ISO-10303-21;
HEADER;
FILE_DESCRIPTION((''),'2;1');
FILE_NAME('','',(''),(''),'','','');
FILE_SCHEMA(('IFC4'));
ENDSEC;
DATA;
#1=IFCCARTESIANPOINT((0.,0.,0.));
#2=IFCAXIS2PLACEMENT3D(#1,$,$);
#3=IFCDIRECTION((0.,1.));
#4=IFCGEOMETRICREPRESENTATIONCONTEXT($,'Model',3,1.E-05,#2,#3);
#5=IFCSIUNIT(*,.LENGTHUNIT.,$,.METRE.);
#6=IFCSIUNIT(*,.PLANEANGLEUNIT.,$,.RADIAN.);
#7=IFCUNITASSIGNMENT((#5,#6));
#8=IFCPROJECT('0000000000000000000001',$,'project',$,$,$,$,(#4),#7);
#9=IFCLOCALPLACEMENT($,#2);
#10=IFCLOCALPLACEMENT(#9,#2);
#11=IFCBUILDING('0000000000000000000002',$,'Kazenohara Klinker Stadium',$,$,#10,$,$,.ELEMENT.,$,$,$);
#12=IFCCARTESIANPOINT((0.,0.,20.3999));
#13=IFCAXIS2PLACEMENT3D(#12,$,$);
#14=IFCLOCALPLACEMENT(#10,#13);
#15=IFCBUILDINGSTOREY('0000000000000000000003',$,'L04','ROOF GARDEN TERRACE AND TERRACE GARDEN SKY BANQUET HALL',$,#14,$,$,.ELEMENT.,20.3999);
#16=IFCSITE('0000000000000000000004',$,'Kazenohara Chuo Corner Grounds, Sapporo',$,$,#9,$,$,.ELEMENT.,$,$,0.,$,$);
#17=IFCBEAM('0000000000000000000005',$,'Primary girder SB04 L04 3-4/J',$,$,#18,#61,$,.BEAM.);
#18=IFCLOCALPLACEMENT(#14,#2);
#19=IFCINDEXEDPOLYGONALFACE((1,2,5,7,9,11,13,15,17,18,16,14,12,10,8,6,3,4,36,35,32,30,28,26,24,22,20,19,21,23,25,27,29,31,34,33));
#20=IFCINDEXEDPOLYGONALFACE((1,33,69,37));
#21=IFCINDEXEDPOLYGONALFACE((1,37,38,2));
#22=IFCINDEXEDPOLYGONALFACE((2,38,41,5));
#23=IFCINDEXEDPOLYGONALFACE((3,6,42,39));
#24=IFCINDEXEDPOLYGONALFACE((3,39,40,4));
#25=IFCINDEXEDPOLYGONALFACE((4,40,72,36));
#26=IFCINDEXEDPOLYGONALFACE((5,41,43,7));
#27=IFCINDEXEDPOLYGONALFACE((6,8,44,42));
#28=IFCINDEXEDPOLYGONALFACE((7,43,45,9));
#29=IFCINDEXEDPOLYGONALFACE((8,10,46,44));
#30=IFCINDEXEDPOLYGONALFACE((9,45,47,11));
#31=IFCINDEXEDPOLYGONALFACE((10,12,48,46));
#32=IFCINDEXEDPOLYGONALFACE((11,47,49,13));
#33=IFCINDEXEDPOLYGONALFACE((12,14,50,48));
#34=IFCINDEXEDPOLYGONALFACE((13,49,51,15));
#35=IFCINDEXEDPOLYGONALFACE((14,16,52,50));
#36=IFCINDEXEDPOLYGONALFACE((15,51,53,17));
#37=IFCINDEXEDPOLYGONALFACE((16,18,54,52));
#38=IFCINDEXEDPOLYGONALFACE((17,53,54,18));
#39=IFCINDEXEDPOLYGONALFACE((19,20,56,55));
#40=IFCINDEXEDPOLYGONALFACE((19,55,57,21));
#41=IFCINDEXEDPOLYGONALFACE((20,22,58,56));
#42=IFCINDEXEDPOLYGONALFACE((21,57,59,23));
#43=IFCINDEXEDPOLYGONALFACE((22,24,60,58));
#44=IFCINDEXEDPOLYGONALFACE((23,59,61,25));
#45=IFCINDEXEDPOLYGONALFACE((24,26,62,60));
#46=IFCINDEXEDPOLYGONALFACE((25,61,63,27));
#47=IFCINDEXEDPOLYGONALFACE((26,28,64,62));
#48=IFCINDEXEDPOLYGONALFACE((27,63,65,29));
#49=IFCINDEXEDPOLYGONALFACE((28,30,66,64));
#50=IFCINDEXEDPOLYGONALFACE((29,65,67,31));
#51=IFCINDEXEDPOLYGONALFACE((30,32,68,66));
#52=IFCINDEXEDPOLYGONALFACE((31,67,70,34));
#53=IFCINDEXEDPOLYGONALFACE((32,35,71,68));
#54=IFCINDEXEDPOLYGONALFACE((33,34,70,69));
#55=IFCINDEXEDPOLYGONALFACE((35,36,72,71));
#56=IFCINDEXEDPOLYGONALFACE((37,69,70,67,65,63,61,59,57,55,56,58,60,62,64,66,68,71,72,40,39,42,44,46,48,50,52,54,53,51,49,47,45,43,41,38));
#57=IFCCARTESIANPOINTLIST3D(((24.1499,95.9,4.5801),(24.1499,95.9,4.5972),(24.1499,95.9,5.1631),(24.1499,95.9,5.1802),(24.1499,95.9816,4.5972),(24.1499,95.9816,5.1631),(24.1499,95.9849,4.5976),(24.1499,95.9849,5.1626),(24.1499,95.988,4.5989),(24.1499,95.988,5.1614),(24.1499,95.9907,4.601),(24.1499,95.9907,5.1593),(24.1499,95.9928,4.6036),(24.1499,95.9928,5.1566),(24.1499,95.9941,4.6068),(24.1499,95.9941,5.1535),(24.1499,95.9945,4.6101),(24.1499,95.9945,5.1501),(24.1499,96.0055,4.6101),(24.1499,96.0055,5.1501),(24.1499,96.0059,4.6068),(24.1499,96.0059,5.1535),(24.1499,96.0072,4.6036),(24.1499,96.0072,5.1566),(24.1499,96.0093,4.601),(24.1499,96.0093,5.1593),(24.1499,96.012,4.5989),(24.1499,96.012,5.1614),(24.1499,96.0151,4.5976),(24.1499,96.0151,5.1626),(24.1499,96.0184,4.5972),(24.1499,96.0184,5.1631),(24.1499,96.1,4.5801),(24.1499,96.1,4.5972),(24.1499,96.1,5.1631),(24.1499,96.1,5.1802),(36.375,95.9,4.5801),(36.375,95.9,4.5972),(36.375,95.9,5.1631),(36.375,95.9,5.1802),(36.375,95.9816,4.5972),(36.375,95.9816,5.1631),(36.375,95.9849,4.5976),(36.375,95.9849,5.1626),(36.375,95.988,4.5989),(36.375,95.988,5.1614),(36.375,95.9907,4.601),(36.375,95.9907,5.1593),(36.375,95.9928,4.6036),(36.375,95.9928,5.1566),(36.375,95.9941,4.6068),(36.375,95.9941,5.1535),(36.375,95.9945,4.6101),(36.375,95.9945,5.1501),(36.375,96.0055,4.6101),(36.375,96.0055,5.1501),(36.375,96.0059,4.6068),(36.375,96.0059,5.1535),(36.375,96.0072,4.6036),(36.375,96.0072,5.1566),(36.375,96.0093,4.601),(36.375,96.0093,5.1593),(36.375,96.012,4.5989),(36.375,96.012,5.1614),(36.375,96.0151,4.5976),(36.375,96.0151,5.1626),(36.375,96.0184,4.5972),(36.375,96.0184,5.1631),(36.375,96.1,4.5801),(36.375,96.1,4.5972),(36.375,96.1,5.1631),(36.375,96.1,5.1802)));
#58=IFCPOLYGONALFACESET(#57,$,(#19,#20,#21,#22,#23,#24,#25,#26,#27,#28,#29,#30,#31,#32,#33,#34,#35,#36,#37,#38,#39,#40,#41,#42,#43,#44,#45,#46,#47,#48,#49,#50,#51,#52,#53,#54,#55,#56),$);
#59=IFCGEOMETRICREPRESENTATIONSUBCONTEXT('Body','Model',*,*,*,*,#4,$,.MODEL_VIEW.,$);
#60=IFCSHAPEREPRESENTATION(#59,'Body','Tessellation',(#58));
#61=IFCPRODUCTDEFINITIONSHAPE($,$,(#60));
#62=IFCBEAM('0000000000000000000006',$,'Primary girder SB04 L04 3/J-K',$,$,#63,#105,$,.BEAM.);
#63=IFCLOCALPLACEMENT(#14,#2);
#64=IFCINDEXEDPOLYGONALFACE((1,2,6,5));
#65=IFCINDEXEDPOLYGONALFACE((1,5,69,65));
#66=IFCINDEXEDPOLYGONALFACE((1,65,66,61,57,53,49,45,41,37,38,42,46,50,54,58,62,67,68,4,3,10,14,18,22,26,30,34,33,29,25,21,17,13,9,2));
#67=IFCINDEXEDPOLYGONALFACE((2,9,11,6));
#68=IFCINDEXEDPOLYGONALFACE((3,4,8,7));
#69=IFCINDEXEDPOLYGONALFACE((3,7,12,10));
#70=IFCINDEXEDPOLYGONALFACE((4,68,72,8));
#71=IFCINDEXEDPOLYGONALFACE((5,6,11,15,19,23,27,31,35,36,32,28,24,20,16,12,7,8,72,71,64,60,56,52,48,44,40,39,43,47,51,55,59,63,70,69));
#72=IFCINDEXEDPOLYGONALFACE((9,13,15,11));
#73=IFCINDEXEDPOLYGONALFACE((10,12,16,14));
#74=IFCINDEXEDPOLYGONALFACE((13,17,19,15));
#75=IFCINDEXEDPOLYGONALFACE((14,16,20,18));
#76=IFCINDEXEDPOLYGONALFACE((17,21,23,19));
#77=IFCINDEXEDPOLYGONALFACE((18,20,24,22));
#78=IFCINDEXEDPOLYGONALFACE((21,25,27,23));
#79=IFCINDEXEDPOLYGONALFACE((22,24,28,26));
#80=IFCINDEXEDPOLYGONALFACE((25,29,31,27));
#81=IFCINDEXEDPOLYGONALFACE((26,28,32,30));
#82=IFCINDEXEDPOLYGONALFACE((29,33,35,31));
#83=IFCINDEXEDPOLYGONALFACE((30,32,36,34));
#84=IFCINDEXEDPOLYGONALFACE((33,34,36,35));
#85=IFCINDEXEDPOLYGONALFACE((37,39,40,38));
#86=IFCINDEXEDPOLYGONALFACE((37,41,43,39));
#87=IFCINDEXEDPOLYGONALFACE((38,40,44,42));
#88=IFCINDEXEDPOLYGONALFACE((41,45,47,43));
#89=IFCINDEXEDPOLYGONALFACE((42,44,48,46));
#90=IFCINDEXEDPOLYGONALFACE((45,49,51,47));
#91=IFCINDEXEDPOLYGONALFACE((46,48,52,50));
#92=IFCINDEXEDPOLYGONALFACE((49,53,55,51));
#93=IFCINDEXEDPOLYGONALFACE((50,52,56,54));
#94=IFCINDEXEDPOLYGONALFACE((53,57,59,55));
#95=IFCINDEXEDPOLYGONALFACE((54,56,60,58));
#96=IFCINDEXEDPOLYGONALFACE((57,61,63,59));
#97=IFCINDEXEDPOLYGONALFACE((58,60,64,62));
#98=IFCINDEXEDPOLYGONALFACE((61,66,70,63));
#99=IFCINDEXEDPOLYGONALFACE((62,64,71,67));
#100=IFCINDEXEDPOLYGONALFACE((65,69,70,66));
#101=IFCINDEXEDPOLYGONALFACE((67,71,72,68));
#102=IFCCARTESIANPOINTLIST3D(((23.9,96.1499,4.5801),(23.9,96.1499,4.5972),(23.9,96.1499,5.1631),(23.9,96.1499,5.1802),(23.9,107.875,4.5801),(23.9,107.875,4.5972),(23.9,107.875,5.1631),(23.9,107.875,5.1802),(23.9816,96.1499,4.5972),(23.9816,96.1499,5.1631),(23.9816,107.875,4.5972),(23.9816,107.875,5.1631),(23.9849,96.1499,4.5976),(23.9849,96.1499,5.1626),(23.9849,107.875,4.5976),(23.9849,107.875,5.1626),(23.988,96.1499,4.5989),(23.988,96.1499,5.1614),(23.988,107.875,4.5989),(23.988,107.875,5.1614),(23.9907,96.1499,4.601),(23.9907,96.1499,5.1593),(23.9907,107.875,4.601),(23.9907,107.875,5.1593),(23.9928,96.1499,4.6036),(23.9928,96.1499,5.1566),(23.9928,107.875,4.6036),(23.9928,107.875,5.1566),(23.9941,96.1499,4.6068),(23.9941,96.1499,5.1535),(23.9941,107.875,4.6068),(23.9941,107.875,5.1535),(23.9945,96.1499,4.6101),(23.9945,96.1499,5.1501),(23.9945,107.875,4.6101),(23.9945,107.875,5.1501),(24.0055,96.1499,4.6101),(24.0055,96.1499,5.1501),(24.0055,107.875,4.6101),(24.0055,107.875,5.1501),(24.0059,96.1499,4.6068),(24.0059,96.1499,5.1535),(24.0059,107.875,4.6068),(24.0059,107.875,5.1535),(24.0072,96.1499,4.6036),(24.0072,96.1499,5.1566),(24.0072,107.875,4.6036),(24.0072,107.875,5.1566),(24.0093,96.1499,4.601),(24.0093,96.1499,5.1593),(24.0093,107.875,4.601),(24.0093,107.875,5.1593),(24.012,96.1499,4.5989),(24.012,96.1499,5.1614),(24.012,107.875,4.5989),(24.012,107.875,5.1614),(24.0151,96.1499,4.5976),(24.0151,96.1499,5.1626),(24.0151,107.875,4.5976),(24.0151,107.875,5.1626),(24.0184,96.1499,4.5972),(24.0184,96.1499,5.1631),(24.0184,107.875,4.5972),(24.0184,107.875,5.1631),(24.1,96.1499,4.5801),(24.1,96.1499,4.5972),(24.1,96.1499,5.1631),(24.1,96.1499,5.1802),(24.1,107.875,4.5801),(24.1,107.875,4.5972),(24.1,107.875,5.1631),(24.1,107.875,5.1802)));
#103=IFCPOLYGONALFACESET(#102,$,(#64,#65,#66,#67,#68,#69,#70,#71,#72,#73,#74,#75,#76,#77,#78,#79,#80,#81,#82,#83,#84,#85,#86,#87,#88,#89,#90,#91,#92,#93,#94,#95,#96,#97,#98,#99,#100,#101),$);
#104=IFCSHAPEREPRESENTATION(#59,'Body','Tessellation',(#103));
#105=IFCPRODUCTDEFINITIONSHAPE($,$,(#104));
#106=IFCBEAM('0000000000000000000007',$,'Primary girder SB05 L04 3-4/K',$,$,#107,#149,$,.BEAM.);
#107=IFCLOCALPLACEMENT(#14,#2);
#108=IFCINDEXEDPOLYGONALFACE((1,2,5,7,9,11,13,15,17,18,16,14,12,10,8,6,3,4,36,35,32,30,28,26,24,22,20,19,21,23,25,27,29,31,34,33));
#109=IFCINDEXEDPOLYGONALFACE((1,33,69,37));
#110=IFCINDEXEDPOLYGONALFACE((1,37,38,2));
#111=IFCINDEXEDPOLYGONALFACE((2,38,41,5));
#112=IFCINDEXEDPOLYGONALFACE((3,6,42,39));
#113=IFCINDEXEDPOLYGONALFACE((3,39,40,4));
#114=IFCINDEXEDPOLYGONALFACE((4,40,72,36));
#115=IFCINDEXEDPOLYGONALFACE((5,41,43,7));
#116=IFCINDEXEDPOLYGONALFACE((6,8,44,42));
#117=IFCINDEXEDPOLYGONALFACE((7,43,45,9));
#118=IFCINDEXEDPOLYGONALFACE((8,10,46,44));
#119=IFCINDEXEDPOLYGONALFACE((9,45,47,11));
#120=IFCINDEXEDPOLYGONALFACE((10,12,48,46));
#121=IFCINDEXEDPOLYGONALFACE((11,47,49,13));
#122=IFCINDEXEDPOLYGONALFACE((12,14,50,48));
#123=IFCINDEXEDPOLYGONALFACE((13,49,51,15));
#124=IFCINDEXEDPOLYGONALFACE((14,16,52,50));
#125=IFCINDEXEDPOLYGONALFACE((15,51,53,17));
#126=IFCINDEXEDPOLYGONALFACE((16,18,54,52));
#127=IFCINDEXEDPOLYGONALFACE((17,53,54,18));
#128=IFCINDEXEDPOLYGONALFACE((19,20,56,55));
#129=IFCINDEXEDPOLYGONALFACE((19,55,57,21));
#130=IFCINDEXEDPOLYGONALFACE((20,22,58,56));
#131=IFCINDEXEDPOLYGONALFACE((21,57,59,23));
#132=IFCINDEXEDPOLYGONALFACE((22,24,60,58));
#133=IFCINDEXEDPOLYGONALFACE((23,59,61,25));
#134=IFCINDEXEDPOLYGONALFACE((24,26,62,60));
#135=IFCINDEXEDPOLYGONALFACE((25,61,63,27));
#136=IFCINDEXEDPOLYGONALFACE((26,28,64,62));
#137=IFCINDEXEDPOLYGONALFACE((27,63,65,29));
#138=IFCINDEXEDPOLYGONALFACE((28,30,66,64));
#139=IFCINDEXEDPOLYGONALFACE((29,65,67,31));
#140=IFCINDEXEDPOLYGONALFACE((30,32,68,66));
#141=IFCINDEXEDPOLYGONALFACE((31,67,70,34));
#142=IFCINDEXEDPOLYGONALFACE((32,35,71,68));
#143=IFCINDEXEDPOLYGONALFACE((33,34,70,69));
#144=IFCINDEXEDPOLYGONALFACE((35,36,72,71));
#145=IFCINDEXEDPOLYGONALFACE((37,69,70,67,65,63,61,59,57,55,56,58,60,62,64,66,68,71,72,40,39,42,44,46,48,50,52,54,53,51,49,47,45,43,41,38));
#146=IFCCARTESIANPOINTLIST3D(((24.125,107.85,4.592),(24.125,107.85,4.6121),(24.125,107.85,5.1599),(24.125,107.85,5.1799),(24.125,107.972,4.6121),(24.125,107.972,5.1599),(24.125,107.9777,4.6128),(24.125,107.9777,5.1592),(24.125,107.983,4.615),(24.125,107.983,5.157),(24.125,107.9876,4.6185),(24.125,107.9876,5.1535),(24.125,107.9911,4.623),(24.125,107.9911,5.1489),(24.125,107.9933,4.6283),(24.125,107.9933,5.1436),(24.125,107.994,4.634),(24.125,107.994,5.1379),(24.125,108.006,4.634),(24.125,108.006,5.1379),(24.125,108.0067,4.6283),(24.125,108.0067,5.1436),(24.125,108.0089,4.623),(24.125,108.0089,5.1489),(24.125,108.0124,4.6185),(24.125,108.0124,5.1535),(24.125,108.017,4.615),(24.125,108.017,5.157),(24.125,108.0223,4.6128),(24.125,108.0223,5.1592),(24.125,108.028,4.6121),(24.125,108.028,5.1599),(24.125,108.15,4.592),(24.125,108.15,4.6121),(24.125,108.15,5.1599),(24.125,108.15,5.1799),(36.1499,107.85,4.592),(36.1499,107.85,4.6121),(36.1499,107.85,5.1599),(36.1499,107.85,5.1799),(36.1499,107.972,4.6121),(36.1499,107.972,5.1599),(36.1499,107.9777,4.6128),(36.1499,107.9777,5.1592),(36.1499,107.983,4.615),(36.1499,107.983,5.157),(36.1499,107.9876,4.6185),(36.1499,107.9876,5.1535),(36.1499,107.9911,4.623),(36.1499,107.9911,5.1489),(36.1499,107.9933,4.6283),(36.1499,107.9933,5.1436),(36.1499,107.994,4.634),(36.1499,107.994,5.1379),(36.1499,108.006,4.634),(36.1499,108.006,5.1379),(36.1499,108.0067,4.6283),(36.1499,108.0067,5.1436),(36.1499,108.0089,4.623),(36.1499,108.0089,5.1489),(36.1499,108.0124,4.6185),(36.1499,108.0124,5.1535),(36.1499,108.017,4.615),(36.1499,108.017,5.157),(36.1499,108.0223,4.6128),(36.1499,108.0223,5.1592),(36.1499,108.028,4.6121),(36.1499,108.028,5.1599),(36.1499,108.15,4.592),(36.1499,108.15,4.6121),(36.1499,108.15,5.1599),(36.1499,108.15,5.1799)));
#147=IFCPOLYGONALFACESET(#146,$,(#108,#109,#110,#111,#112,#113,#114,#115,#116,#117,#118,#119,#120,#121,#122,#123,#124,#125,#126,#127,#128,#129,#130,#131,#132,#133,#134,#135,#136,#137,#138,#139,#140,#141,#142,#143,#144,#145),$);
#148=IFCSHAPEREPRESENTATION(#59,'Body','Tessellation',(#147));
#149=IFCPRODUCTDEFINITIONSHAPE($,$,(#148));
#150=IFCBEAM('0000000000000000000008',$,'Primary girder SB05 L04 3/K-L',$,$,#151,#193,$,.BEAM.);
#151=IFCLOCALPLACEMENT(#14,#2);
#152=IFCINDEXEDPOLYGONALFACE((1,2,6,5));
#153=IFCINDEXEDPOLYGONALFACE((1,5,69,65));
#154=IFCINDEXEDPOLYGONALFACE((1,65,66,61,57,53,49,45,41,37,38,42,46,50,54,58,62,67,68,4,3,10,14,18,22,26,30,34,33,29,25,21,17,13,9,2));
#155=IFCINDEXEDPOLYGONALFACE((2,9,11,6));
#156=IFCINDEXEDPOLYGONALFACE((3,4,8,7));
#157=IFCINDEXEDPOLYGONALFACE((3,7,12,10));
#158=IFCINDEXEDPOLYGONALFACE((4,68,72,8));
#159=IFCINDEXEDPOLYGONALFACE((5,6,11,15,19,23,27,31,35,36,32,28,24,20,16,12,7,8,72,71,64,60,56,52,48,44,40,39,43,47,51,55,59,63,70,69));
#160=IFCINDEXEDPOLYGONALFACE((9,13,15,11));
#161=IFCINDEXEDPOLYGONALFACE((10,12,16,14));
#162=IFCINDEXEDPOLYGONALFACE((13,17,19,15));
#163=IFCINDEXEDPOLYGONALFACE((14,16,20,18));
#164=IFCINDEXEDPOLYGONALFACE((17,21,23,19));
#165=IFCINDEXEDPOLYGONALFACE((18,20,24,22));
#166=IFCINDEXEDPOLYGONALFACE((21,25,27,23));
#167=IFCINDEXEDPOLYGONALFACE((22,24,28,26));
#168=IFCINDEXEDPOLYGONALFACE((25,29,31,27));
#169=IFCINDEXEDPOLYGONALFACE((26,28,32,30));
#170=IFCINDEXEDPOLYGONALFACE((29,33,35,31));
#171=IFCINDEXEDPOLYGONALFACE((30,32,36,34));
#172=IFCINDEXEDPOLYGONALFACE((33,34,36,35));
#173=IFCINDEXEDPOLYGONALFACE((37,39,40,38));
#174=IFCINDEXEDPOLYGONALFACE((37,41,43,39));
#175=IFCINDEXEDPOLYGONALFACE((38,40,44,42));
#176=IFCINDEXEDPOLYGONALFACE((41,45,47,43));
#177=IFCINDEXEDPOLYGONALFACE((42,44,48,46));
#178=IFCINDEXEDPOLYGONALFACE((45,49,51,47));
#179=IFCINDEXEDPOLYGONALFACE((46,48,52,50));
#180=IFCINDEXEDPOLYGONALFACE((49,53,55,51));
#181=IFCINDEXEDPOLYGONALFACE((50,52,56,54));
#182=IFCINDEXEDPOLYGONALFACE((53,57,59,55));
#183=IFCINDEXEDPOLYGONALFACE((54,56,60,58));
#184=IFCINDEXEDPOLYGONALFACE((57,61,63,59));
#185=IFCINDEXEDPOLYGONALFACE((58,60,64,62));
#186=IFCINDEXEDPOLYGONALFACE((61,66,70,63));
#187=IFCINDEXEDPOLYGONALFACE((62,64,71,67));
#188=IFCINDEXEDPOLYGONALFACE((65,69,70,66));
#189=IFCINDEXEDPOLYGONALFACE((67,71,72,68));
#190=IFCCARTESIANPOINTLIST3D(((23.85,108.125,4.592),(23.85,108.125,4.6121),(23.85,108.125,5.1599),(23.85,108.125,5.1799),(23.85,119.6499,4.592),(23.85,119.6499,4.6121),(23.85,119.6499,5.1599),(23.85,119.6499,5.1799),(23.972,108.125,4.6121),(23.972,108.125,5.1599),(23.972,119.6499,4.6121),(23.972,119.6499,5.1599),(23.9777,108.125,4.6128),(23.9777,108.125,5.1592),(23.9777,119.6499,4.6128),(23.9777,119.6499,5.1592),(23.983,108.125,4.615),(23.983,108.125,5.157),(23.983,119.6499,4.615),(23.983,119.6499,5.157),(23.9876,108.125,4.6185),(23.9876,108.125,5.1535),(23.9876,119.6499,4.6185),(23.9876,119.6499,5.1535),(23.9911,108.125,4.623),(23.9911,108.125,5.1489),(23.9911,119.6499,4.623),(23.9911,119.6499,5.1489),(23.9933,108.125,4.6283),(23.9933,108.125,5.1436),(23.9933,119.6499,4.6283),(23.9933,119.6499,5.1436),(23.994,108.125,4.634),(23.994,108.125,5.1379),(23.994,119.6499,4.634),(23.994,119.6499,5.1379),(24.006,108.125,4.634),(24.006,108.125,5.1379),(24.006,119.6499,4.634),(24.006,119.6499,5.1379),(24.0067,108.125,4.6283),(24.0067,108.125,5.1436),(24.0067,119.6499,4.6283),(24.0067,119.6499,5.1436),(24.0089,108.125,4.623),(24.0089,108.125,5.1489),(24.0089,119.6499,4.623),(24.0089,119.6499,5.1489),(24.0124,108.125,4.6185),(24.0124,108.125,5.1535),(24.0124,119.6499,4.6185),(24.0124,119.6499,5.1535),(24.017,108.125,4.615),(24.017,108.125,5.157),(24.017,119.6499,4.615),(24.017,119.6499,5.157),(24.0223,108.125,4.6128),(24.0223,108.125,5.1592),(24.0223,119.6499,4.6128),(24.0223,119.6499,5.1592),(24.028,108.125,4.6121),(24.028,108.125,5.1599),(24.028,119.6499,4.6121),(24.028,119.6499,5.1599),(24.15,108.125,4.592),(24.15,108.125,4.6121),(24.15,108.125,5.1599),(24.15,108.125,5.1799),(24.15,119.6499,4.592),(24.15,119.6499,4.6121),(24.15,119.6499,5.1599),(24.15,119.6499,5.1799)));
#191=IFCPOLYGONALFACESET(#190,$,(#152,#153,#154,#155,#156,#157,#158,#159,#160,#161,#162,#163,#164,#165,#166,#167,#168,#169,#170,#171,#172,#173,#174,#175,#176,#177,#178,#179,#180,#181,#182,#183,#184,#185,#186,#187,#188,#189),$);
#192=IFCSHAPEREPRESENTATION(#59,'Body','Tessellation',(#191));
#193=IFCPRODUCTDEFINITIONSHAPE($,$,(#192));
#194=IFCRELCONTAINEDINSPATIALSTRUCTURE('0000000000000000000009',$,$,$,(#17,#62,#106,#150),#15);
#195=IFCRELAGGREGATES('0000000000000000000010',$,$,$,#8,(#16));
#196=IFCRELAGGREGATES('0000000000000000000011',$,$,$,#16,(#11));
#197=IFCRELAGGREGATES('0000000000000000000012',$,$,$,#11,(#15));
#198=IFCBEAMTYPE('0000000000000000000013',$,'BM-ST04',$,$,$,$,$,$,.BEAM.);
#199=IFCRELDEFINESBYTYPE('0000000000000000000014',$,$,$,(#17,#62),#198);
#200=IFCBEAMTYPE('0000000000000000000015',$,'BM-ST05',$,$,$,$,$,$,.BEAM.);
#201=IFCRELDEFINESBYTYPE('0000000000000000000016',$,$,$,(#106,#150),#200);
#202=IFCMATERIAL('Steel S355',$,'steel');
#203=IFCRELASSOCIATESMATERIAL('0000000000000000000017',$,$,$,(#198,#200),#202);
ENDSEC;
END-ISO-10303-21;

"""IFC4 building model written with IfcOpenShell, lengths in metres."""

from ifc_helpers import new_model, si_unit, direction, frame, origin, origin_2d, place, context, subcontext, project, spatial, i_section, extrude, material, material_profile, profile_set, type_object, element, save


model = new_model("IFC4")

# Units and contexts
model_context = context("Model", 3, precision=1e-05, world=origin(), true_north=direction((0.0, 1.0)))
body_context = subcontext(model_context, "Body", "Model", "MODEL_VIEW")
ifc_project = project(units=[si_unit("LENGTHUNIT", "METRE"), si_unit("PLANEANGLEUNIT", "RADIAN")], contexts=[model_context])

# Site, building, storey
site_placement = place(None, origin())
site = spatial("IfcSite", under=ifc_project, at=site_placement, Name="Kazenohara Chuo Corner Grounds, Sapporo", CompositionType="ELEMENT", RefElevation=0.0)
building_placement = place(site_placement, origin())
building = spatial("IfcBuilding", under=site, at=building_placement, Name="Kazenohara Klinker Stadium", CompositionType="ELEMENT")
storey_placement = place(building_placement, frame((0.0, 0.0, 20.3999)))
storey = spatial("IfcBuildingStorey", under=building, at=storey_placement, Name="L04", Description="ROOF GARDEN TERRACE AND TERRACE GARDEN SKY BANQUET HALL", CompositionType="ELEMENT", Elevation=20.3999)

# Shared definitions
ifc_material_1 = material(Name="Steel S355", Category="steel")

# Beams
ifc_material_profile_1 = material_profile(ifc_material_1, i_section(OverallWidth=0.2, OverallDepth=0.6001, WebThickness=0.011, FlangeThickness=0.0171, FilletRadius=0.0129, at=origin_2d()), Name="H-600x200x11x17")
ifc_profile_set_1 = profile_set([ifc_material_profile_1], Name="Steel S355")
beam_type_1 = type_object("IfcBeamType", Name="BM-ST04", PredefinedType="BEAM", material=ifc_profile_set_1)
beam_1_placement = place(storey_placement, frame((24.1499, 96.0, 4.8801), z_axis=(1.0, 0.0, 0.0), x_axis=(0.0, 1.0, 0.0)))
element("IfcBeam", 1, at=beam_1_placement, inside=storey, type_object=beam_type_1, Name="Primary girder SB04 L04 3-4/J", PredefinedType="BEAM", context=body_context, shape_type="SweptSolid", body=[
    extrude(i_section(OverallWidth=0.2, OverallDepth=0.6001, WebThickness=0.011, FlangeThickness=0.0171, FilletRadius=0.0129, at=origin_2d()), origin(), (0.0, 0.0, 1.0), 12.2251),
])
beam_2_placement = place(storey_placement, frame((24.0, 96.1499, 4.8801), z_axis=(0.0, 1.0, 0.0), x_axis=(-1.0, 0.0, 0.0)))
element("IfcBeam", 2, at=beam_2_placement, inside=storey, type_object=beam_type_1, Name="Primary girder SB04 L04 3/J-K", PredefinedType="BEAM", context=body_context, shape_type="SweptSolid", body=[
    extrude(i_section(OverallWidth=0.2, OverallDepth=0.6001, WebThickness=0.011, FlangeThickness=0.0171, FilletRadius=0.0129, at=origin_2d()), origin(), (0.0, 0.0, 1.0), 11.7251),
])
ifc_material_profile_2 = material_profile(ifc_material_1, i_section(OverallWidth=0.3, OverallDepth=0.5879, WebThickness=0.012, FlangeThickness=0.02, FilletRadius=0.022, at=origin_2d()), Name="H-588x300x12x20")
ifc_profile_set_2 = profile_set([ifc_material_profile_2], Name="Steel S355")
beam_type_2 = type_object("IfcBeamType", Name="BM-ST05", PredefinedType="BEAM", material=ifc_profile_set_2)
beam_3_placement = place(storey_placement, frame((24.125, 108.0, 4.886), z_axis=(1.0, 0.0, 0.0), x_axis=(0.0, 1.0, 0.0)))
element("IfcBeam", 3, at=beam_3_placement, inside=storey, type_object=beam_type_2, Name="Primary girder SB05 L04 3-4/K", PredefinedType="BEAM", context=body_context, shape_type="SweptSolid", body=[
    extrude(i_section(OverallWidth=0.3, OverallDepth=0.5879, WebThickness=0.012, FlangeThickness=0.02, FilletRadius=0.022, at=origin_2d()), origin(), (0.0, 0.0, 1.0), 12.0249),
])
for number, where, z_axis, x_axis, name in (
    (4, (24.0, 108.125, 4.886), (0.0, 1.0, 0.0), (-1.0, 0.0, 0.0), "Primary girder SB05 L04 3/K-L"),
):
    element("IfcBeam", number, at=place(storey_placement, frame(where, z_axis=z_axis, x_axis=x_axis)), inside=storey, type_object=beam_type_2, Name=name, PredefinedType="BEAM", context=body_context, shape_type="SweptSolid", body=[
        extrude(i_section(OverallWidth=0.3, OverallDepth=0.5879, WebThickness=0.012, FlangeThickness=0.02, FilletRadius=0.022, at=origin_2d()), origin(), (0.0, 0.0, 1.0), 11.5249),
    ])

save(model, "model.ifc")
